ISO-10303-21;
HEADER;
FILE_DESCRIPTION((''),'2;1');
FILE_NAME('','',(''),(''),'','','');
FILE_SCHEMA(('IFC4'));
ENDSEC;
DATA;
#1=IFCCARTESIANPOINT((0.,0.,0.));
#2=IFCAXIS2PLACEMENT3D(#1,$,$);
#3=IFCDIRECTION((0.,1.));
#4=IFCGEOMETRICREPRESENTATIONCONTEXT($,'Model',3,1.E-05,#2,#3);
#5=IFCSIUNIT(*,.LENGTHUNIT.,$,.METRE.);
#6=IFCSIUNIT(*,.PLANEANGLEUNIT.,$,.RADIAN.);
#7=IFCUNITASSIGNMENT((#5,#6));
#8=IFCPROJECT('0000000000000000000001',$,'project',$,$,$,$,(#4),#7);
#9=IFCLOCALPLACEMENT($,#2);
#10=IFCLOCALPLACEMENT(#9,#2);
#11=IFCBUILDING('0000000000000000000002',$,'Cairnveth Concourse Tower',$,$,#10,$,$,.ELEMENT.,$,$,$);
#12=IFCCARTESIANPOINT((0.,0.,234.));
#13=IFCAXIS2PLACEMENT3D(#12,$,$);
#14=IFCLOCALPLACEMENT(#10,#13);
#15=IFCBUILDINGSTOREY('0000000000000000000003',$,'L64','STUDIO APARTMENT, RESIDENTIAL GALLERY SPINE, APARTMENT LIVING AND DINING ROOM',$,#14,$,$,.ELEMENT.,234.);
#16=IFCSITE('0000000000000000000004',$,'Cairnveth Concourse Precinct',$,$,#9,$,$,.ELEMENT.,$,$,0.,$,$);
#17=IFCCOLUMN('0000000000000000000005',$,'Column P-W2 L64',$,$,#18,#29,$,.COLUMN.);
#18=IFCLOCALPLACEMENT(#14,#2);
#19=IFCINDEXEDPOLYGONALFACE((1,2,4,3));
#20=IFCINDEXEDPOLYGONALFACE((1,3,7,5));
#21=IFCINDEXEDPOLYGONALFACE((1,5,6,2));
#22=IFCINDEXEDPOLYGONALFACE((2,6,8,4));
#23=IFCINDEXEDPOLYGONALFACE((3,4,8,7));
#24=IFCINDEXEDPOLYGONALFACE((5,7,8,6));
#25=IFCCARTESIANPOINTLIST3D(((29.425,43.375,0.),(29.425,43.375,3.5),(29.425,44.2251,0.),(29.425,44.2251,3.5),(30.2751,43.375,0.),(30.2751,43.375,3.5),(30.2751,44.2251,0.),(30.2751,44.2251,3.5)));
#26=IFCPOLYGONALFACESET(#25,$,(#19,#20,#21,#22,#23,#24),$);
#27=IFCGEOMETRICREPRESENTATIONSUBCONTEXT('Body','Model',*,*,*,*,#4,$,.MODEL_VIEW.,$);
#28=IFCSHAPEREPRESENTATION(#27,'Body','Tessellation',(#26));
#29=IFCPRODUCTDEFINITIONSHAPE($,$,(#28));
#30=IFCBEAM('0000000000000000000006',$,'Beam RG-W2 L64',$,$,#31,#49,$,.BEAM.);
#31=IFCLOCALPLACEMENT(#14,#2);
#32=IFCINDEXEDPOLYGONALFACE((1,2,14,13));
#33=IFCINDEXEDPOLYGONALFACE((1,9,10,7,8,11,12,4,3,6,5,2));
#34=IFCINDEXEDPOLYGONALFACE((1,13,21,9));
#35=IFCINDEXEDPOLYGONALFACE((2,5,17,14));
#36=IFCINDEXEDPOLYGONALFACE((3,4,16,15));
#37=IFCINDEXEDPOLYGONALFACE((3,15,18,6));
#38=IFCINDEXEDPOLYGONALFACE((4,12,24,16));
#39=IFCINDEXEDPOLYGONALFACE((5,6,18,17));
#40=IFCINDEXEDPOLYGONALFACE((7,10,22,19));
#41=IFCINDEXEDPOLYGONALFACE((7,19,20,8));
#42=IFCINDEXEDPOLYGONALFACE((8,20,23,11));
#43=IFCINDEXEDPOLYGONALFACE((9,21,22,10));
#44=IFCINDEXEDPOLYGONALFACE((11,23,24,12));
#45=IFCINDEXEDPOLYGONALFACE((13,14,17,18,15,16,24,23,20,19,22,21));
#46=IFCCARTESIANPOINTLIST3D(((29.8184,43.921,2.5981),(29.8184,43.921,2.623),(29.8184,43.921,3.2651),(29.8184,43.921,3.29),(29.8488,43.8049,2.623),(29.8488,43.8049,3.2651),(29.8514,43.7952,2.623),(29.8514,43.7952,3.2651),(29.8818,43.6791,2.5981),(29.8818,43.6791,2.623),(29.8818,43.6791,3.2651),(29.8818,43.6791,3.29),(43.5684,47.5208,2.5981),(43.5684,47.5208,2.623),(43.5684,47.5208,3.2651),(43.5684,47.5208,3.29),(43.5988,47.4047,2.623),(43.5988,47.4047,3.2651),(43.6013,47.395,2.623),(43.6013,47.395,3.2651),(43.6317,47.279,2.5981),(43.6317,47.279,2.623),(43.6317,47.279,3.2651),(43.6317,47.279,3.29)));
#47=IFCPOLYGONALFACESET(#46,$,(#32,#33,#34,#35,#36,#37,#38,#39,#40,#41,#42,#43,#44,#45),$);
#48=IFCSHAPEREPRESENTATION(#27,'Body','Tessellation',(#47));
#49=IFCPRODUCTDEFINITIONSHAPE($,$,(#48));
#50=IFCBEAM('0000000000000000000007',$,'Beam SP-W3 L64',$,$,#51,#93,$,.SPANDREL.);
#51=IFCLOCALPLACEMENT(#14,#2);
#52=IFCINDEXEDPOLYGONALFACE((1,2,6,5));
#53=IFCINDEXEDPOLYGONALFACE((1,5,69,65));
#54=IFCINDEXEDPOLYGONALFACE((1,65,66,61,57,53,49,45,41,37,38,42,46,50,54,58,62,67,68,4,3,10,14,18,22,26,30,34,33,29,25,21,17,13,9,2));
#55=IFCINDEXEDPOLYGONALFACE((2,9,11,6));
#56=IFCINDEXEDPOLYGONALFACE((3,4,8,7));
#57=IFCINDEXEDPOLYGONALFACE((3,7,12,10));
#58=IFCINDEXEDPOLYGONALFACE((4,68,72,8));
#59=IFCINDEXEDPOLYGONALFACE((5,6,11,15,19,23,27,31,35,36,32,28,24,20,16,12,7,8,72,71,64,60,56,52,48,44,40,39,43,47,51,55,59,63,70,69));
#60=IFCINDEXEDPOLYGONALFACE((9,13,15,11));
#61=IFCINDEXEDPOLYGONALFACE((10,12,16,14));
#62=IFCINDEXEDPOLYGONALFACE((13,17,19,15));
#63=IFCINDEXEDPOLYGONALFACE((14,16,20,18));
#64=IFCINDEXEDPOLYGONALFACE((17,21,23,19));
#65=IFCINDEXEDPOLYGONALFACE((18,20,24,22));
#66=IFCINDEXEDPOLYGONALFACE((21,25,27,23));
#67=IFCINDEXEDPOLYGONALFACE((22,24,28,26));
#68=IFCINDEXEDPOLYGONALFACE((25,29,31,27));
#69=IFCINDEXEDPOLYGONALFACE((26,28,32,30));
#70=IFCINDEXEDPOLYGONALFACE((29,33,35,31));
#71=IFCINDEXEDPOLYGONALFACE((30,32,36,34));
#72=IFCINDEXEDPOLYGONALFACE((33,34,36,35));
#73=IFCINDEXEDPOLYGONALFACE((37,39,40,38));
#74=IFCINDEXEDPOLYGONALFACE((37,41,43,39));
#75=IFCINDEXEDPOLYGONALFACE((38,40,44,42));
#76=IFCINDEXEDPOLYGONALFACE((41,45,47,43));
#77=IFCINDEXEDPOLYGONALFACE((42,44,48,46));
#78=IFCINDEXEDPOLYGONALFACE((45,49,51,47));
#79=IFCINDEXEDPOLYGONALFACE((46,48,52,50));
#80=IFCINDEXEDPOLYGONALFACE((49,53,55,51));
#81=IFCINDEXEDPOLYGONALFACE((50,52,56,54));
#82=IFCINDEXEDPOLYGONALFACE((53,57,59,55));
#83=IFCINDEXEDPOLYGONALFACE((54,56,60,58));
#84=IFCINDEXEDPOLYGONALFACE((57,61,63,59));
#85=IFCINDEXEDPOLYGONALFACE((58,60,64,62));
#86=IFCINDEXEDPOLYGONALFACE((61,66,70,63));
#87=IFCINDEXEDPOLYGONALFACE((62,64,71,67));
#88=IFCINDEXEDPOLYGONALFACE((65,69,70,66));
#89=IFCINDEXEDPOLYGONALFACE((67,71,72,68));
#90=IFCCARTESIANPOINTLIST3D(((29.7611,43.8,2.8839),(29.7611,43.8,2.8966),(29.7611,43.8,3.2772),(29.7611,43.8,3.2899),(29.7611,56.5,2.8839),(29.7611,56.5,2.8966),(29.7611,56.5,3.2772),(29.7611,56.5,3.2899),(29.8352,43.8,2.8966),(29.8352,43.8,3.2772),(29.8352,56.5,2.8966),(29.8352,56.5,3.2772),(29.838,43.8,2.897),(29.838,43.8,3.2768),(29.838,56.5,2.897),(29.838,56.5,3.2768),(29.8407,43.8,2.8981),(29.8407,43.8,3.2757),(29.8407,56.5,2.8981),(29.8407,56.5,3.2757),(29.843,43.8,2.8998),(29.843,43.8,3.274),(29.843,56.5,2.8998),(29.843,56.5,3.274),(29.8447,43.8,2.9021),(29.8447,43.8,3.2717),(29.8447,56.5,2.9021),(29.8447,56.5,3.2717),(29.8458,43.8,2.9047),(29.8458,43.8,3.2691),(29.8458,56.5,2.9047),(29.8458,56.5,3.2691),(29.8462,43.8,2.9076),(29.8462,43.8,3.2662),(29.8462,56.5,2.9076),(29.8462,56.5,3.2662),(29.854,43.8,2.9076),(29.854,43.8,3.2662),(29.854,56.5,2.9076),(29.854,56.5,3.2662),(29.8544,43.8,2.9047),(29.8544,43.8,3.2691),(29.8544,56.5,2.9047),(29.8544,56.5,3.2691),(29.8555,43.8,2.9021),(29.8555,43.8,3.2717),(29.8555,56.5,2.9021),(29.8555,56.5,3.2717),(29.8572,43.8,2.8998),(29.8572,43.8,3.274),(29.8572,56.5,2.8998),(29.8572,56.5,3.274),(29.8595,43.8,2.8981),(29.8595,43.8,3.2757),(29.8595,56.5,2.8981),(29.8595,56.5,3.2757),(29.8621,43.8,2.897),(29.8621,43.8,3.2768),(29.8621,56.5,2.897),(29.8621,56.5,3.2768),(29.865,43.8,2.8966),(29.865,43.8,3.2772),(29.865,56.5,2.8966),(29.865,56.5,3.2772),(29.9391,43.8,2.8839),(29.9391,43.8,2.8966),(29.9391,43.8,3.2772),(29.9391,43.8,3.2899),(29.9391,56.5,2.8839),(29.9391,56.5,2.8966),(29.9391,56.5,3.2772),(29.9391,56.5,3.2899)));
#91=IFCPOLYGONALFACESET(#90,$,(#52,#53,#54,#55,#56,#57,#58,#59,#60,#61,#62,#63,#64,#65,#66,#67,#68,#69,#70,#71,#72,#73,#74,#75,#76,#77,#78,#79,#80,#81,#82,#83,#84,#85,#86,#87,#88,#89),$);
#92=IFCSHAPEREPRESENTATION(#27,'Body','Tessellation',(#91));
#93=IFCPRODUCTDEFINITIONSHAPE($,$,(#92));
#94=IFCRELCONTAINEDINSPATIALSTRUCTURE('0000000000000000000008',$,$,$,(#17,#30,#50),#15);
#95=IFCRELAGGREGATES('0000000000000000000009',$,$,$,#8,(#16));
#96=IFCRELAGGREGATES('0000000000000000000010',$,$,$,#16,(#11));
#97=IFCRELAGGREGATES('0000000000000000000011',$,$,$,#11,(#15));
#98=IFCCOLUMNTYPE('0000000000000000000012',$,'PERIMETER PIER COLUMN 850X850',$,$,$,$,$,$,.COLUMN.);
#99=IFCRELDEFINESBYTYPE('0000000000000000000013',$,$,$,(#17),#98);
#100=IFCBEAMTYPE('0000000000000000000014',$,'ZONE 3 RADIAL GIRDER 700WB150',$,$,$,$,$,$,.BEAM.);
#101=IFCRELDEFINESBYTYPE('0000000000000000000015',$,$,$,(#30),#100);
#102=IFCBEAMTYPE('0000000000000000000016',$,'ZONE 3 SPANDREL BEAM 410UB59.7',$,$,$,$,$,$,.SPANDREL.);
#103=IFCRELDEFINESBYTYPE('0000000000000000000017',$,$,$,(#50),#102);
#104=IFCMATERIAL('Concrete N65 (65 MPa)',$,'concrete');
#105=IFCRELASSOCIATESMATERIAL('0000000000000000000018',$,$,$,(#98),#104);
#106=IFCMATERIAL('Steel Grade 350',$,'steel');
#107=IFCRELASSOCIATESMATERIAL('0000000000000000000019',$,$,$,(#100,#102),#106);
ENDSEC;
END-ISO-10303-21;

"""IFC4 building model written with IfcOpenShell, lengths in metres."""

from ifc_helpers import new_model, si_unit, direction, frame, origin, origin_2d, place, context, subcontext, project, spatial, rectangle, i_section, extrude, material, material_profile, profile_set, type_object, element, save


model = new_model("IFC4")

# Units and contexts
model_context = context("Model", 3, precision=1e-05, world=origin(), true_north=direction((0.0, 1.0)))
body_context = subcontext(model_context, "Body", "Model", "MODEL_VIEW")
ifc_project = project(units=[si_unit("LENGTHUNIT", "METRE"), si_unit("PLANEANGLEUNIT", "RADIAN")], contexts=[model_context])

# Site, building, storey
site_placement = place(None, origin())
site = spatial("IfcSite", under=ifc_project, at=site_placement, Name="Cairnveth Concourse Precinct", CompositionType="ELEMENT", RefElevation=0.0)
building_placement = place(site_placement, origin())
building = spatial("IfcBuilding", under=site, at=building_placement, Name="Cairnveth Concourse Tower", CompositionType="ELEMENT")
storey_placement = place(building_placement, frame((0.0, 0.0, 234.0)))
storey = spatial("IfcBuildingStorey", under=building, at=storey_placement, Name="L64", Description="STUDIO APARTMENT, RESIDENTIAL GALLERY SPINE, APARTMENT LIVING AND DINING ROOM", CompositionType="ELEMENT", Elevation=234.0)

# Column
ifc_material_1 = material(Name="Concrete N65 (65 MPa)", Category="concrete")
ifc_material_profile_1 = material_profile(ifc_material_1, rectangle(XDim=0.8501, YDim=0.8501, at=origin_2d()), Name="RC-COL-850x850")
ifc_profile_set_1 = profile_set([ifc_material_profile_1], Name="Concrete N65 (65 MPa)")
column_type = type_object("IfcColumnType", Name="PERIMETER PIER COLUMN 850X850", PredefinedType="COLUMN", material=ifc_profile_set_1)
column_placement = place(storey_placement, frame((29.8501, 43.8, 0.0), z_axis=(0.0, 0.0, 1.0), x_axis=(0.0, 1.0, 0.0)))
element("IfcColumn", 1, at=column_placement, inside=storey, type_object=column_type, Name="Column P-W2 L64", PredefinedType="COLUMN", context=body_context, shape_type="SweptSolid", body=[
    extrude(rectangle(XDim=0.8501, YDim=0.8501, at=origin_2d()), origin(), (0.0, 0.0, 1.0), 3.5),
])

# Beams
ifc_material_2 = material(Name="Steel Grade 350", Category="steel")
ifc_material_profile_2 = material_profile(ifc_material_2, i_section(OverallWidth=0.25, OverallDepth=0.6919, WebThickness=0.01, FlangeThickness=0.0249, at=origin_2d()), Name="700WB150")
ifc_profile_set_2 = profile_set([ifc_material_profile_2], Name="Steel Grade 350")
beam_type_1 = type_object("IfcBeamType", Name="ZONE 3 RADIAL GIRDER 700WB150", PredefinedType="BEAM", material=ifc_profile_set_2)
beam_1_placement = place(storey_placement, frame((29.8501, 43.8, 2.9441), z_axis=(0.967395, 0.253271, 0.0), x_axis=(-0.253271, 0.967395, 0.0)))
element("IfcBeam", 2, at=beam_1_placement, inside=storey, type_object=beam_type_1, Name="Beam RG-W2 L64", PredefinedType="BEAM", context=body_context, shape_type="SweptSolid", body=[
    extrude(i_section(OverallWidth=0.25, OverallDepth=0.6919, WebThickness=0.01, FlangeThickness=0.0249, at=origin_2d()), origin(), (0.0, 0.0, 1.0), 14.2134),
])
ifc_material_profile_3 = material_profile(ifc_material_2, i_section(OverallWidth=0.178, OverallDepth=0.406, WebThickness=0.0078, FlangeThickness=0.0127, FilletRadius=0.011, at=origin_2d()), Name="410UB59.7")
ifc_profile_set_3 = profile_set([ifc_material_profile_3], Name="Steel Grade 350")
beam_type_2 = type_object("IfcBeamType", Name="ZONE 3 SPANDREL BEAM 410UB59.7", PredefinedType="SPANDREL", material=ifc_profile_set_3)
beam_2_placement = place(storey_placement, frame((29.8501, 43.8, 3.0869), z_axis=(0.0, 1.0, 0.0), x_axis=(-1.0, 0.0, 0.0)))
element("IfcBeam", 3, at=beam_2_placement, inside=storey, type_object=beam_type_2, Name="Beam SP-W3 L64", PredefinedType="SPANDREL", context=body_context, shape_type="SweptSolid", body=[
    extrude(i_section(OverallWidth=0.178, OverallDepth=0.406, WebThickness=0.0078, FlangeThickness=0.0127, FilletRadius=0.011, at=origin_2d()), origin(), (0.0, 0.0, 1.0), 12.7),
])

save(model, "model.ifc")
